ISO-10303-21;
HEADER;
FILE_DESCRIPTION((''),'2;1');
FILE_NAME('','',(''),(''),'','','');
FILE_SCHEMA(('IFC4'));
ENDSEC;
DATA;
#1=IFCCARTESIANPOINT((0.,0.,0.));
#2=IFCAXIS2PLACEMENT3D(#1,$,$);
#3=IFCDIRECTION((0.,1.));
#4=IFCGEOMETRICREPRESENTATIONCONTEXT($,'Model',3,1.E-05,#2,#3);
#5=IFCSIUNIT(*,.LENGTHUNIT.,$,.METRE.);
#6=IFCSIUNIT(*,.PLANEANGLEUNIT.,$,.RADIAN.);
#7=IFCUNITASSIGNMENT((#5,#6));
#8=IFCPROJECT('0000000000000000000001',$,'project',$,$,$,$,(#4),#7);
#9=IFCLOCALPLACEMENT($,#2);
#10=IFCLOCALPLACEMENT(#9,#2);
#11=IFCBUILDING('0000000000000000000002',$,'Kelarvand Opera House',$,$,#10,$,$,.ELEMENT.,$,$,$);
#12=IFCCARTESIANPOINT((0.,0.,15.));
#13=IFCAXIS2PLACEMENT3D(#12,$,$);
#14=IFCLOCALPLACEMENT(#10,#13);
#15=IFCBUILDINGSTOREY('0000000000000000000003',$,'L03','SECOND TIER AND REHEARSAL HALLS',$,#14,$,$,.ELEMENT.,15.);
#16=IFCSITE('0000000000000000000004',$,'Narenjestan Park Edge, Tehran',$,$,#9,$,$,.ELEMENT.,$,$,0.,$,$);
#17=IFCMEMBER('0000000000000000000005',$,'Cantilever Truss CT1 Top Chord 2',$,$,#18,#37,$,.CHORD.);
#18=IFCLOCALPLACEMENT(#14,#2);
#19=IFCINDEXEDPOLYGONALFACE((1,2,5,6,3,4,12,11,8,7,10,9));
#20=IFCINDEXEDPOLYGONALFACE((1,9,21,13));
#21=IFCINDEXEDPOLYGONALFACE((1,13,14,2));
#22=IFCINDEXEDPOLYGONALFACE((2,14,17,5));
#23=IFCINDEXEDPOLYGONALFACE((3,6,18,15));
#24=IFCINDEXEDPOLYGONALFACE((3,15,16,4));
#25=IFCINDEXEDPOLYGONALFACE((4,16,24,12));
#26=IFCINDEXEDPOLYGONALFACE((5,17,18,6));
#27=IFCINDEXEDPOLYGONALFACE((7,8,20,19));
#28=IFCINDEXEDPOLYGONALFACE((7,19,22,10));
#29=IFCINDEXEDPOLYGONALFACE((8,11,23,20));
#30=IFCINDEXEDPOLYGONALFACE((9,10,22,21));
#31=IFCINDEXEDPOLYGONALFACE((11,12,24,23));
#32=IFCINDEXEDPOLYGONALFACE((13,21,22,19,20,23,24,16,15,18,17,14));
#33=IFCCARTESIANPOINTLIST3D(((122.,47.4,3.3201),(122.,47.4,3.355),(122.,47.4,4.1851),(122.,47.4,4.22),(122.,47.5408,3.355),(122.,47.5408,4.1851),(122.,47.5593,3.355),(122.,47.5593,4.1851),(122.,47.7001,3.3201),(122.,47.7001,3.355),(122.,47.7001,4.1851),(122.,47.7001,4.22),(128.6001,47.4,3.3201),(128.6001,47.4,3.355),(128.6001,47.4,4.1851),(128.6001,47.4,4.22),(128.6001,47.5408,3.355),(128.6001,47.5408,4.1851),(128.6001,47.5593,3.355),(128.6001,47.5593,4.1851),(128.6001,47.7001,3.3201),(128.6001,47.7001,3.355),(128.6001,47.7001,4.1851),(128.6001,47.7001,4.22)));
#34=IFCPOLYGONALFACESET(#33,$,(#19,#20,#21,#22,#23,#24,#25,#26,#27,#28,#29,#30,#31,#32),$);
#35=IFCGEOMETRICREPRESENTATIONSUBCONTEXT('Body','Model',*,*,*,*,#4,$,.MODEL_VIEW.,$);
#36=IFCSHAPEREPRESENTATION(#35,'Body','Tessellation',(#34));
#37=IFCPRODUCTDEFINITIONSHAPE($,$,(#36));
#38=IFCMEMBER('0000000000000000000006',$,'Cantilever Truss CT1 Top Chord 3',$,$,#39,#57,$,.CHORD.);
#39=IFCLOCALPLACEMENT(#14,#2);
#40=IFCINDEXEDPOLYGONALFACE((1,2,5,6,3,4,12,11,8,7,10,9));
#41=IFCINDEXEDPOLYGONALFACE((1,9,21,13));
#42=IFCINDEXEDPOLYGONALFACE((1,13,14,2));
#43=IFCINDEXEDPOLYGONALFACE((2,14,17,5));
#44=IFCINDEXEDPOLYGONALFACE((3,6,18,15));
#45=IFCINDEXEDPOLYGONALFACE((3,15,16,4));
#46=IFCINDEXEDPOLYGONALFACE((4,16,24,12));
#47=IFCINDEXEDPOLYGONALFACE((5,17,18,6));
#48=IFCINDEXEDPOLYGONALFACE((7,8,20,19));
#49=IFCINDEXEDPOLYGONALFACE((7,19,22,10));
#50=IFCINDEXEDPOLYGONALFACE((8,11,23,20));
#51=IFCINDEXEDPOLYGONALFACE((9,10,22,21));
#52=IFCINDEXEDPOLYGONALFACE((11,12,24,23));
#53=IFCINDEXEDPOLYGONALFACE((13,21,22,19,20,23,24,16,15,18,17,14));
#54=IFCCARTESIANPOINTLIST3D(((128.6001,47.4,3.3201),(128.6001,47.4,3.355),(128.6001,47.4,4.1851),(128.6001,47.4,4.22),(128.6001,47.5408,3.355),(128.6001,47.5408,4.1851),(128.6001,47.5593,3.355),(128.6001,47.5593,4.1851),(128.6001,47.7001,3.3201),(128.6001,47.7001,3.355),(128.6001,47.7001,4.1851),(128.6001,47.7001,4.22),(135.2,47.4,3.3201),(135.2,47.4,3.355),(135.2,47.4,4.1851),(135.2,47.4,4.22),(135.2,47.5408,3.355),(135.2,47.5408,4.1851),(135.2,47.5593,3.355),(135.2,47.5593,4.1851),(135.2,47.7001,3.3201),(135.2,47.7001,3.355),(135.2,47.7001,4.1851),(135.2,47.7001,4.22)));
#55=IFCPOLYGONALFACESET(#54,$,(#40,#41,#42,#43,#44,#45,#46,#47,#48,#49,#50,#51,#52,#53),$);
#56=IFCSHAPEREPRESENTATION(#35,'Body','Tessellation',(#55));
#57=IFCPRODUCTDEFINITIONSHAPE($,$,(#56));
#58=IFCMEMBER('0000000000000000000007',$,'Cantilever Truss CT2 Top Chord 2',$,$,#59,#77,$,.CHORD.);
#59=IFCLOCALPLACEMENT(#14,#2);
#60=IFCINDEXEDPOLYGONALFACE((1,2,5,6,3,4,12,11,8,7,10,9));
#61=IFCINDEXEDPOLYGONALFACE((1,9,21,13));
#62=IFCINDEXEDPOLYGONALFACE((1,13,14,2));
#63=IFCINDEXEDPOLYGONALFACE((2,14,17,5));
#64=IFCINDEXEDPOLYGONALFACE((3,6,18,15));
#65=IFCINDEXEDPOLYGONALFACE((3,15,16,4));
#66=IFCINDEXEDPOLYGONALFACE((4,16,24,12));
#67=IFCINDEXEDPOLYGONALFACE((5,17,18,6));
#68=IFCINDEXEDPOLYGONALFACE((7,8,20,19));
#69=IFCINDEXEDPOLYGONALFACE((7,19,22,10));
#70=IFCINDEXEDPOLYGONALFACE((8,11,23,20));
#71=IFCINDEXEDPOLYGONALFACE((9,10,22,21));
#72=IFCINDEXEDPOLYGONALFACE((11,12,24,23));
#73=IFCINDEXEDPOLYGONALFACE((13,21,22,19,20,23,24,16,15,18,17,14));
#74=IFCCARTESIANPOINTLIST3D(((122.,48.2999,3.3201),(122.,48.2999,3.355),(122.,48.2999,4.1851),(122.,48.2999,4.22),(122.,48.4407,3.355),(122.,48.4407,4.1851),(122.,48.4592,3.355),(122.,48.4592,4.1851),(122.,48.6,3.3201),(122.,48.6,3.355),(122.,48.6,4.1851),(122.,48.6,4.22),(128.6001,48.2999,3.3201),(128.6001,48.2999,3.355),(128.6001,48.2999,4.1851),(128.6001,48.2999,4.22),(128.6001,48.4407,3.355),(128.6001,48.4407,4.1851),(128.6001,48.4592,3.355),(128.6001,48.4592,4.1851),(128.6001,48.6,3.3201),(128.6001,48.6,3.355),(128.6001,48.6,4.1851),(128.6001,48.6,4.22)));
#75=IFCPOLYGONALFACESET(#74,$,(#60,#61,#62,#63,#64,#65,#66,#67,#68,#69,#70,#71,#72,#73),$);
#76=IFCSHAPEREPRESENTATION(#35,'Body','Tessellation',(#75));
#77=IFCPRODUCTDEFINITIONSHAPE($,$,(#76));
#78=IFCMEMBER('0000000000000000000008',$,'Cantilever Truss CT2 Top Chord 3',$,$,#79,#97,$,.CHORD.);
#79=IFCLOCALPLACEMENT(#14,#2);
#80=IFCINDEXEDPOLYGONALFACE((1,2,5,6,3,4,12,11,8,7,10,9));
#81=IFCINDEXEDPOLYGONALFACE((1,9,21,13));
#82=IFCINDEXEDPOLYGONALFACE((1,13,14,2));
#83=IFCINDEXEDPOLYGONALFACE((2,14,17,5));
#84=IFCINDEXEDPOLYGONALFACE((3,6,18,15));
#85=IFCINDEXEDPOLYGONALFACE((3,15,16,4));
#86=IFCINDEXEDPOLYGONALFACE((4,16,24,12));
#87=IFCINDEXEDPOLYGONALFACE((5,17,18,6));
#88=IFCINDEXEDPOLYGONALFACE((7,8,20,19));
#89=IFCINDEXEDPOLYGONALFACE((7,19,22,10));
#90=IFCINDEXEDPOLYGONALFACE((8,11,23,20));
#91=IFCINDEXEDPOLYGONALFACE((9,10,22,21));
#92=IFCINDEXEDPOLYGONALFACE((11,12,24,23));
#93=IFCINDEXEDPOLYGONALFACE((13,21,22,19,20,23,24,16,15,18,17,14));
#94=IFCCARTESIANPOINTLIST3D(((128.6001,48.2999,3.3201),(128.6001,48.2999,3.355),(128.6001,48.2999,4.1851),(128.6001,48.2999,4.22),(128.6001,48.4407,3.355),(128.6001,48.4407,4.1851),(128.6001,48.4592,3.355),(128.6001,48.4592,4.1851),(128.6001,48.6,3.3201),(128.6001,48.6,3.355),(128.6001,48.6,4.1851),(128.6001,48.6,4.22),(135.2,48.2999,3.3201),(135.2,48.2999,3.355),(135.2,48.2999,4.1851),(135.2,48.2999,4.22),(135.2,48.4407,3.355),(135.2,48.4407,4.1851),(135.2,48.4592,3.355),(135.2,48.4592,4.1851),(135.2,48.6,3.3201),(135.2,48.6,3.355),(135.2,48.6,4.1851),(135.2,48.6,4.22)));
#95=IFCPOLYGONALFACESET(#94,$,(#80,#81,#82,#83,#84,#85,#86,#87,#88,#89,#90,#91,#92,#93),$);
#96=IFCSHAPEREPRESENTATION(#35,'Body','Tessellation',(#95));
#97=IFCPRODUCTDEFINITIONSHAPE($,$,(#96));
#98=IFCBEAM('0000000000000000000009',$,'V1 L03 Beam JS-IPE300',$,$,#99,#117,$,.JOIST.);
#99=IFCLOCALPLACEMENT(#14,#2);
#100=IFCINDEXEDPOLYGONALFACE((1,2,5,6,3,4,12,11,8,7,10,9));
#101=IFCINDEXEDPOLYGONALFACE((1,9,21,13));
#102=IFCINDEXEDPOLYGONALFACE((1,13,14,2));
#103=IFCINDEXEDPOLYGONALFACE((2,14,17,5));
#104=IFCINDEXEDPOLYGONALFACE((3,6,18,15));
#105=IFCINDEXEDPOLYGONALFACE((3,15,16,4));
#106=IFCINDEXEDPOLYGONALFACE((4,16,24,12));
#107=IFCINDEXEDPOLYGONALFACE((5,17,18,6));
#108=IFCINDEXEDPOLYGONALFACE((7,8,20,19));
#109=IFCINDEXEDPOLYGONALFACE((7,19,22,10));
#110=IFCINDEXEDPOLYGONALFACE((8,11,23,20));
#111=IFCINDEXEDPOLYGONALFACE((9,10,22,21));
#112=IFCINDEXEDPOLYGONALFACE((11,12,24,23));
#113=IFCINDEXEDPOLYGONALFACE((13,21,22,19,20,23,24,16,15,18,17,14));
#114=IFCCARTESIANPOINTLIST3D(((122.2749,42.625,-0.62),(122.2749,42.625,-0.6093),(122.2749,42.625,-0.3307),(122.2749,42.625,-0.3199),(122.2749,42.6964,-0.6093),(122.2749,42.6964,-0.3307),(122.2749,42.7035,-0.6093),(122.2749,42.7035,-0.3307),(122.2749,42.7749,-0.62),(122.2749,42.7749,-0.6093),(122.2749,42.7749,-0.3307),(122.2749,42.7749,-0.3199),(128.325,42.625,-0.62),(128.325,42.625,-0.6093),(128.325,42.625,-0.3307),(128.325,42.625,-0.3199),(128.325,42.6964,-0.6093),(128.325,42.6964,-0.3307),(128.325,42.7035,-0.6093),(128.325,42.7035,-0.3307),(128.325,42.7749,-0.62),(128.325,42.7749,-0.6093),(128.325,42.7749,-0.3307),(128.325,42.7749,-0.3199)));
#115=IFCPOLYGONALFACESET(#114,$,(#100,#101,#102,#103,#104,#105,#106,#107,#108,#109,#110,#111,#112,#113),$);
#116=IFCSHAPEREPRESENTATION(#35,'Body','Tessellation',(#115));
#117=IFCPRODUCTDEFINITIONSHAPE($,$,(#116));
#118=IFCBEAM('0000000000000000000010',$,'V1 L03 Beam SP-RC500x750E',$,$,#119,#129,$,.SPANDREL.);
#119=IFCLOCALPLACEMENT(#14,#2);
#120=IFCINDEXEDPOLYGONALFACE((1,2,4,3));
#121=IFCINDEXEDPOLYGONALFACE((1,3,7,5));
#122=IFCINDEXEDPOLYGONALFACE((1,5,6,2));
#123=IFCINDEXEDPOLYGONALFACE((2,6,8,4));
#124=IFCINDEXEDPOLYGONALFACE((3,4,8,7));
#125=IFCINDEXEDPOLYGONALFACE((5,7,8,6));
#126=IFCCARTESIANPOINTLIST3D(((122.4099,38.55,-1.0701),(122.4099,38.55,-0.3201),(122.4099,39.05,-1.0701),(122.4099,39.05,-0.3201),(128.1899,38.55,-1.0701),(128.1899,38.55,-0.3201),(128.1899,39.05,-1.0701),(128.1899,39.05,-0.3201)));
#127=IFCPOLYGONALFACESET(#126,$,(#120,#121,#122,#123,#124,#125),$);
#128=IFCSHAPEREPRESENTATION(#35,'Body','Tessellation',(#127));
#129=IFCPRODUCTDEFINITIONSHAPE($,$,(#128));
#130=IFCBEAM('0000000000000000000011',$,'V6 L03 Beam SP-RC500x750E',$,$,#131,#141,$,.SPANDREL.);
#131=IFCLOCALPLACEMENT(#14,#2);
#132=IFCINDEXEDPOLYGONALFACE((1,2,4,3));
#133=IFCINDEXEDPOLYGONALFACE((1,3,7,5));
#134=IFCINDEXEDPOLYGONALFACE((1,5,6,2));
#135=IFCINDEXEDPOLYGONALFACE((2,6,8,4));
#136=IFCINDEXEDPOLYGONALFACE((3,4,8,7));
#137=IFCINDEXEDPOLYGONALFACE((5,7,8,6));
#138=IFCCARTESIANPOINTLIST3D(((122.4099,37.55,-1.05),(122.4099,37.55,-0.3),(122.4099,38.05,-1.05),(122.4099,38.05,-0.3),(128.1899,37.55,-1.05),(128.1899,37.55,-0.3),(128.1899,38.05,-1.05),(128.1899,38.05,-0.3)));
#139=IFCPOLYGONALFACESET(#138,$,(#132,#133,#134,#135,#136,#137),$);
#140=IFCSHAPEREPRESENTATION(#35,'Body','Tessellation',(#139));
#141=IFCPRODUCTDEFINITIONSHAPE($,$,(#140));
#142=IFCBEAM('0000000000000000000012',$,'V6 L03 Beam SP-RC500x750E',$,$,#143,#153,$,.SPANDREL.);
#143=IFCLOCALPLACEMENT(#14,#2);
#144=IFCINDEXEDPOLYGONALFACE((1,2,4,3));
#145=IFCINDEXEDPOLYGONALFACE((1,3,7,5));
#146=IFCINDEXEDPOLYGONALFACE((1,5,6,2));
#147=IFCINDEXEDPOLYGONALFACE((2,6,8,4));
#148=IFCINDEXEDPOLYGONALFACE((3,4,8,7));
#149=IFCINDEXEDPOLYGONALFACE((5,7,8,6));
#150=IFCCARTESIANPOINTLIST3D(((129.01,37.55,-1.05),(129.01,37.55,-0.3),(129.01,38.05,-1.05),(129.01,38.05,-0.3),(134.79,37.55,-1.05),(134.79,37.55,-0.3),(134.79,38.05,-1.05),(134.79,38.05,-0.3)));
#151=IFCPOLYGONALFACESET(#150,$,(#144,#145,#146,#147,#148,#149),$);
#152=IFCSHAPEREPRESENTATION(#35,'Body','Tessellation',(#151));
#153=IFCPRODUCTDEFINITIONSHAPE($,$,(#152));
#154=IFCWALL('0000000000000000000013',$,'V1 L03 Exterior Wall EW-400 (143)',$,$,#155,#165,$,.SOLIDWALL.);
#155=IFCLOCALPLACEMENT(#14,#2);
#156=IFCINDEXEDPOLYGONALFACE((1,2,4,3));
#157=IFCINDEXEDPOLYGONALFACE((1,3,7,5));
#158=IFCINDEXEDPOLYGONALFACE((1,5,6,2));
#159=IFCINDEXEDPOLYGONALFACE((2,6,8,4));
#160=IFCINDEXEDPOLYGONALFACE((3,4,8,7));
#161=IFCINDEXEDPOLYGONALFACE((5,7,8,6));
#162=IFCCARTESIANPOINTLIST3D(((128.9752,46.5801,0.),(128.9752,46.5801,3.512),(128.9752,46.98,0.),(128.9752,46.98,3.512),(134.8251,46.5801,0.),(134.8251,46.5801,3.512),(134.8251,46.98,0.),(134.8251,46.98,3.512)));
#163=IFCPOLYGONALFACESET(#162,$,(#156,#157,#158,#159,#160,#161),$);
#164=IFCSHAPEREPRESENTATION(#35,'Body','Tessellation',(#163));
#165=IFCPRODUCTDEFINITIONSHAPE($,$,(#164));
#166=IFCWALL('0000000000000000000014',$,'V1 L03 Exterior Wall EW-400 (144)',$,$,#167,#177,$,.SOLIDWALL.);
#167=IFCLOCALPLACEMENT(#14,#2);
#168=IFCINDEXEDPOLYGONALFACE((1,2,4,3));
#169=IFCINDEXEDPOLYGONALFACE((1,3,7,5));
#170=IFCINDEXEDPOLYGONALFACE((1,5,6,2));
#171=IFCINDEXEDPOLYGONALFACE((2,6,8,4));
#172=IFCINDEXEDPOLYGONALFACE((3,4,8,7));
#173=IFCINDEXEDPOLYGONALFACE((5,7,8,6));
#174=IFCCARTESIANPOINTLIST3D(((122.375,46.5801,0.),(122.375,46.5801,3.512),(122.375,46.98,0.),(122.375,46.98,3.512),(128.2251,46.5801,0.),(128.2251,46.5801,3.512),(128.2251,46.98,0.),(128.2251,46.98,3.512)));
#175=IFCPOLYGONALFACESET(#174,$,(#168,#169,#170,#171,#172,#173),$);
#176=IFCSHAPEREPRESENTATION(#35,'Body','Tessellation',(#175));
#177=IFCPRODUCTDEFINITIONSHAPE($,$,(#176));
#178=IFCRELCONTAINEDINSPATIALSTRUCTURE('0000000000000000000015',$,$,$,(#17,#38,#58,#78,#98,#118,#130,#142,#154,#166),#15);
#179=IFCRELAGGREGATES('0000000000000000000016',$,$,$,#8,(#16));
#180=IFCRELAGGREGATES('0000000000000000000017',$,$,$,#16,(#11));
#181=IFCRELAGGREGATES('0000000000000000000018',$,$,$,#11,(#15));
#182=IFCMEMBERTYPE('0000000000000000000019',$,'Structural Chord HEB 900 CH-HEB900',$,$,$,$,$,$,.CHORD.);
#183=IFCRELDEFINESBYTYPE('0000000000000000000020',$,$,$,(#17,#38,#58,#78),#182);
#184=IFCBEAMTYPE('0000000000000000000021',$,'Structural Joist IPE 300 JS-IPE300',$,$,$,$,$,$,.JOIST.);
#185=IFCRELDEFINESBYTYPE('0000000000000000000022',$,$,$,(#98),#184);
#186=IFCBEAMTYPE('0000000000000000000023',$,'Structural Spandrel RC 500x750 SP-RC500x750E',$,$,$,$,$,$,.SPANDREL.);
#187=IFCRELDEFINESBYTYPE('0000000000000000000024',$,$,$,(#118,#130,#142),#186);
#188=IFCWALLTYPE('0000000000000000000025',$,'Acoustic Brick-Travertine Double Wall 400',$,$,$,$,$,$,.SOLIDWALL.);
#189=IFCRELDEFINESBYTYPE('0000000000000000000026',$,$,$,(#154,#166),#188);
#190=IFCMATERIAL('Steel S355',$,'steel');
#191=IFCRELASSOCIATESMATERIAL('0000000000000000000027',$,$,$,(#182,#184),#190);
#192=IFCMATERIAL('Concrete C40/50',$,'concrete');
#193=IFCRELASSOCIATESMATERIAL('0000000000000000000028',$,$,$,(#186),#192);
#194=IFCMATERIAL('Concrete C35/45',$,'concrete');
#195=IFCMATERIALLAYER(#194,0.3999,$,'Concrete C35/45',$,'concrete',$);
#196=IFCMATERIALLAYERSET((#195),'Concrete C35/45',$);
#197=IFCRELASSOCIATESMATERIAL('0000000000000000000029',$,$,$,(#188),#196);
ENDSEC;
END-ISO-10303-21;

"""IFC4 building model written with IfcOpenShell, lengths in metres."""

from ifc_helpers import new_model, si_unit, direction, frame, frame_2d, origin, origin_2d, place, context, subcontext, project, spatial, rectangle, i_section, extrude, material, layer, layer_set, material_profile, profile_set, type_object, element, save


model = new_model("IFC4")

# Units and contexts
model_context = context("Model", 3, precision=1e-05, world=origin(), true_north=direction((0.0, 1.0)))
body_context = subcontext(model_context, "Body", "Model", "MODEL_VIEW")
ifc_project = project(units=[si_unit("LENGTHUNIT", "METRE"), si_unit("PLANEANGLEUNIT", "RADIAN")], contexts=[model_context])

# Site, building, storey
site_placement = place(None, origin())
site = spatial("IfcSite", under=ifc_project, at=site_placement, Name="Narenjestan Park Edge, Tehran", CompositionType="ELEMENT", RefElevation=0.0)
building_placement = place(site_placement, origin())
building = spatial("IfcBuilding", under=site, at=building_placement, Name="Kelarvand Opera House", CompositionType="ELEMENT")
storey_placement = place(building_placement, frame((0.0, 0.0, 15.0)))
storey = spatial("IfcBuildingStorey", under=building, at=storey_placement, Name="L03", Description="SECOND TIER AND REHEARSAL HALLS", CompositionType="ELEMENT", Elevation=15.0)

# Shared definitions
ifc_material_1 = material(Name="Concrete C40/50", Category="concrete")

# Members
ifc_material_2 = material(Name="Steel S355", Category="steel")
ifc_material_profile_1 = material_profile(ifc_material_2, i_section(OverallWidth=0.3, OverallDepth=0.8999, WebThickness=0.0186, FlangeThickness=0.0349, at=origin_2d()), Name="HEB 900", Category="steel")
ifc_profile_set_1 = profile_set([ifc_material_profile_1], Name="Steel S355")
member_type_1 = type_object("IfcMemberType", Name="Structural Chord HEB 900 CH-HEB900", PredefinedType="CHORD", material=ifc_profile_set_1)
member_1_placement = place(storey_placement, frame((122.0, 47.55, 3.77), z_axis=(1.0, 0.0, 0.0), x_axis=(0.0, 1.0, 0.0)))
element("IfcMember", 1, at=member_1_placement, inside=storey, type_object=member_type_1, Name="Cantilever Truss CT1 Top Chord 2", PredefinedType="CHORD", context=body_context, shape_type="SweptSolid", body=[
    extrude(i_section(OverallWidth=0.3, OverallDepth=0.8999, WebThickness=0.0186, FlangeThickness=0.0349, at=origin_2d()), origin(), (0.0, 0.0, 1.0), 6.6001),
])
member_2_placement = place(storey_placement, frame((128.6001, 47.55, 3.77), z_axis=(1.0, 0.0, 0.0), x_axis=(0.0, 1.0, 0.0)))
element("IfcMember", 2, at=member_2_placement, inside=storey, type_object=member_type_1, Name="Cantilever Truss CT1 Top Chord 3", PredefinedType="CHORD", context=body_context, shape_type="SweptSolid", body=[
    extrude(i_section(OverallWidth=0.3, OverallDepth=0.8999, WebThickness=0.0186, FlangeThickness=0.0349, at=origin_2d()), origin(), (0.0, 0.0, 1.0), 6.5999),
])
member_3_placement = place(storey_placement, frame((122.0, 48.45, 3.77), z_axis=(1.0, 0.0, 0.0), x_axis=(0.0, 1.0, 0.0)))
element("IfcMember", 3, at=member_3_placement, inside=storey, type_object=member_type_1, Name="Cantilever Truss CT2 Top Chord 2", PredefinedType="CHORD", context=body_context, shape_type="SweptSolid", body=[
    extrude(i_section(OverallWidth=0.3, OverallDepth=0.8999, WebThickness=0.0186, FlangeThickness=0.0349, at=origin_2d()), origin(), (0.0, 0.0, 1.0), 6.6001),
])
member_4_placement = place(storey_placement, frame((128.6001, 48.45, 3.77), z_axis=(1.0, 0.0, 0.0), x_axis=(0.0, 1.0, 0.0)))
element("IfcMember", 4, at=member_4_placement, inside=storey, type_object=member_type_1, Name="Cantilever Truss CT2 Top Chord 3", PredefinedType="CHORD", context=body_context, shape_type="SweptSolid", body=[
    extrude(i_section(OverallWidth=0.3, OverallDepth=0.8999, WebThickness=0.0186, FlangeThickness=0.0349, at=origin_2d()), origin(), (0.0, 0.0, 1.0), 6.5999),
])

# Beams
ifc_material_profile_2 = material_profile(ifc_material_2, i_section(OverallWidth=0.1499, OverallDepth=0.3, WebThickness=0.0071, FlangeThickness=0.0107, at=origin_2d()), Name="IPE 300", Category="steel")
ifc_profile_set_2 = profile_set([ifc_material_profile_2], Name="Steel S355")
beam_type_1 = type_object("IfcBeamType", Name="Structural Joist IPE 300 JS-IPE300", PredefinedType="JOIST", material=ifc_profile_set_2)
beam_1_placement = place(storey_placement, frame((122.2749, 42.7, -0.47), z_axis=(1.0, 0.0, 0.0), x_axis=(0.0, 1.0, 0.0)))
element("IfcBeam", 5, at=beam_1_placement, inside=storey, type_object=beam_type_1, Name="V1 L03 Beam JS-IPE300", PredefinedType="JOIST", context=body_context, shape_type="SweptSolid", body=[
    extrude(i_section(OverallWidth=0.1499, OverallDepth=0.3, WebThickness=0.0071, FlangeThickness=0.0107, at=origin_2d()), origin(), (0.0, 0.0, 1.0), 6.05),
])
ifc_material_profile_3 = material_profile(ifc_material_1, rectangle(XDim=0.5, YDim=0.75, at=origin_2d()), Name="RC 500x750", Category="concrete")
ifc_profile_set_3 = profile_set([ifc_material_profile_3], Name="Concrete C40/50")
beam_type_2 = type_object("IfcBeamType", Name="Structural Spandrel RC 500x750 SP-RC500x750E", PredefinedType="SPANDREL", material=ifc_profile_set_3)
for number, where, z_axis, x_axis, name in (
    (6, (122.4099, 38.8, -0.6951), (1.0, 0.0, 0.0), (0.0, 1.0, 0.0), "V1 L03 Beam SP-RC500x750E"),
    (7, (122.4099, 37.8, -0.675), (1.0, 0.0, 0.0), (0.0, 1.0, 0.0), "V6 L03 Beam SP-RC500x750E"),
    (8, (129.01, 37.8, -0.675), (1.0, 0.0, 0.0), (0.0, 1.0, 0.0), "V6 L03 Beam SP-RC500x750E"),
):
    element("IfcBeam", number, at=place(storey_placement, frame(where, z_axis=z_axis, x_axis=x_axis)), inside=storey, type_object=beam_type_2, Name=name, PredefinedType="SPANDREL", context=body_context, shape_type="SweptSolid", body=[
        extrude(rectangle(XDim=0.5, YDim=0.75, at=origin_2d()), origin(), (0.0, 0.0, 1.0), 5.78),
    ])

# Walls
ifc_material_3 = material(Name="Concrete C35/45", Category="concrete")
ifc_layer_1 = layer(ifc_material_3, 0.3999, Name="Concrete C35/45", Category="concrete")
ifc_layer_set_1 = layer_set([ifc_layer_1], Name="Concrete C35/45")
wall_type_1 = type_object("IfcWallType", Name="Acoustic Brick-Travertine Double Wall 400", PredefinedType="SOLIDWALL", material=ifc_layer_set_1)
wall_1_placement = place(storey_placement, frame((134.825, 46.78, 0.0), z_axis=(0.0, 0.0, 1.0), x_axis=(-1.0, 0.0, 0.0)))
element("IfcWall", 9, at=wall_1_placement, inside=storey, type_object=wall_type_1, Name="V1 L03 Exterior Wall EW-400 (143)", PredefinedType="SOLIDWALL", context=body_context, shape_type="SweptSolid", body=[
    extrude(rectangle(XDim=5.8499, YDim=0.3999, at=frame_2d((2.9248, 0.0))), origin(), (0.0, 0.0, 1.0), 3.512),
])
wall_2_placement = place(storey_placement, frame((128.2251, 46.78, 0.0), z_axis=(0.0, 0.0, 1.0), x_axis=(-1.0, 0.0, 0.0)))
element("IfcWall", 10, at=wall_2_placement, inside=storey, type_object=wall_type_1, Name="V1 L03 Exterior Wall EW-400 (144)", PredefinedType="SOLIDWALL", context=body_context, shape_type="SweptSolid", body=[
    extrude(rectangle(XDim=5.8501, YDim=0.3999, at=frame_2d((2.925, 0.0))), origin(), (0.0, 0.0, 1.0), 3.512),
])

save(model, "model.ifc")
